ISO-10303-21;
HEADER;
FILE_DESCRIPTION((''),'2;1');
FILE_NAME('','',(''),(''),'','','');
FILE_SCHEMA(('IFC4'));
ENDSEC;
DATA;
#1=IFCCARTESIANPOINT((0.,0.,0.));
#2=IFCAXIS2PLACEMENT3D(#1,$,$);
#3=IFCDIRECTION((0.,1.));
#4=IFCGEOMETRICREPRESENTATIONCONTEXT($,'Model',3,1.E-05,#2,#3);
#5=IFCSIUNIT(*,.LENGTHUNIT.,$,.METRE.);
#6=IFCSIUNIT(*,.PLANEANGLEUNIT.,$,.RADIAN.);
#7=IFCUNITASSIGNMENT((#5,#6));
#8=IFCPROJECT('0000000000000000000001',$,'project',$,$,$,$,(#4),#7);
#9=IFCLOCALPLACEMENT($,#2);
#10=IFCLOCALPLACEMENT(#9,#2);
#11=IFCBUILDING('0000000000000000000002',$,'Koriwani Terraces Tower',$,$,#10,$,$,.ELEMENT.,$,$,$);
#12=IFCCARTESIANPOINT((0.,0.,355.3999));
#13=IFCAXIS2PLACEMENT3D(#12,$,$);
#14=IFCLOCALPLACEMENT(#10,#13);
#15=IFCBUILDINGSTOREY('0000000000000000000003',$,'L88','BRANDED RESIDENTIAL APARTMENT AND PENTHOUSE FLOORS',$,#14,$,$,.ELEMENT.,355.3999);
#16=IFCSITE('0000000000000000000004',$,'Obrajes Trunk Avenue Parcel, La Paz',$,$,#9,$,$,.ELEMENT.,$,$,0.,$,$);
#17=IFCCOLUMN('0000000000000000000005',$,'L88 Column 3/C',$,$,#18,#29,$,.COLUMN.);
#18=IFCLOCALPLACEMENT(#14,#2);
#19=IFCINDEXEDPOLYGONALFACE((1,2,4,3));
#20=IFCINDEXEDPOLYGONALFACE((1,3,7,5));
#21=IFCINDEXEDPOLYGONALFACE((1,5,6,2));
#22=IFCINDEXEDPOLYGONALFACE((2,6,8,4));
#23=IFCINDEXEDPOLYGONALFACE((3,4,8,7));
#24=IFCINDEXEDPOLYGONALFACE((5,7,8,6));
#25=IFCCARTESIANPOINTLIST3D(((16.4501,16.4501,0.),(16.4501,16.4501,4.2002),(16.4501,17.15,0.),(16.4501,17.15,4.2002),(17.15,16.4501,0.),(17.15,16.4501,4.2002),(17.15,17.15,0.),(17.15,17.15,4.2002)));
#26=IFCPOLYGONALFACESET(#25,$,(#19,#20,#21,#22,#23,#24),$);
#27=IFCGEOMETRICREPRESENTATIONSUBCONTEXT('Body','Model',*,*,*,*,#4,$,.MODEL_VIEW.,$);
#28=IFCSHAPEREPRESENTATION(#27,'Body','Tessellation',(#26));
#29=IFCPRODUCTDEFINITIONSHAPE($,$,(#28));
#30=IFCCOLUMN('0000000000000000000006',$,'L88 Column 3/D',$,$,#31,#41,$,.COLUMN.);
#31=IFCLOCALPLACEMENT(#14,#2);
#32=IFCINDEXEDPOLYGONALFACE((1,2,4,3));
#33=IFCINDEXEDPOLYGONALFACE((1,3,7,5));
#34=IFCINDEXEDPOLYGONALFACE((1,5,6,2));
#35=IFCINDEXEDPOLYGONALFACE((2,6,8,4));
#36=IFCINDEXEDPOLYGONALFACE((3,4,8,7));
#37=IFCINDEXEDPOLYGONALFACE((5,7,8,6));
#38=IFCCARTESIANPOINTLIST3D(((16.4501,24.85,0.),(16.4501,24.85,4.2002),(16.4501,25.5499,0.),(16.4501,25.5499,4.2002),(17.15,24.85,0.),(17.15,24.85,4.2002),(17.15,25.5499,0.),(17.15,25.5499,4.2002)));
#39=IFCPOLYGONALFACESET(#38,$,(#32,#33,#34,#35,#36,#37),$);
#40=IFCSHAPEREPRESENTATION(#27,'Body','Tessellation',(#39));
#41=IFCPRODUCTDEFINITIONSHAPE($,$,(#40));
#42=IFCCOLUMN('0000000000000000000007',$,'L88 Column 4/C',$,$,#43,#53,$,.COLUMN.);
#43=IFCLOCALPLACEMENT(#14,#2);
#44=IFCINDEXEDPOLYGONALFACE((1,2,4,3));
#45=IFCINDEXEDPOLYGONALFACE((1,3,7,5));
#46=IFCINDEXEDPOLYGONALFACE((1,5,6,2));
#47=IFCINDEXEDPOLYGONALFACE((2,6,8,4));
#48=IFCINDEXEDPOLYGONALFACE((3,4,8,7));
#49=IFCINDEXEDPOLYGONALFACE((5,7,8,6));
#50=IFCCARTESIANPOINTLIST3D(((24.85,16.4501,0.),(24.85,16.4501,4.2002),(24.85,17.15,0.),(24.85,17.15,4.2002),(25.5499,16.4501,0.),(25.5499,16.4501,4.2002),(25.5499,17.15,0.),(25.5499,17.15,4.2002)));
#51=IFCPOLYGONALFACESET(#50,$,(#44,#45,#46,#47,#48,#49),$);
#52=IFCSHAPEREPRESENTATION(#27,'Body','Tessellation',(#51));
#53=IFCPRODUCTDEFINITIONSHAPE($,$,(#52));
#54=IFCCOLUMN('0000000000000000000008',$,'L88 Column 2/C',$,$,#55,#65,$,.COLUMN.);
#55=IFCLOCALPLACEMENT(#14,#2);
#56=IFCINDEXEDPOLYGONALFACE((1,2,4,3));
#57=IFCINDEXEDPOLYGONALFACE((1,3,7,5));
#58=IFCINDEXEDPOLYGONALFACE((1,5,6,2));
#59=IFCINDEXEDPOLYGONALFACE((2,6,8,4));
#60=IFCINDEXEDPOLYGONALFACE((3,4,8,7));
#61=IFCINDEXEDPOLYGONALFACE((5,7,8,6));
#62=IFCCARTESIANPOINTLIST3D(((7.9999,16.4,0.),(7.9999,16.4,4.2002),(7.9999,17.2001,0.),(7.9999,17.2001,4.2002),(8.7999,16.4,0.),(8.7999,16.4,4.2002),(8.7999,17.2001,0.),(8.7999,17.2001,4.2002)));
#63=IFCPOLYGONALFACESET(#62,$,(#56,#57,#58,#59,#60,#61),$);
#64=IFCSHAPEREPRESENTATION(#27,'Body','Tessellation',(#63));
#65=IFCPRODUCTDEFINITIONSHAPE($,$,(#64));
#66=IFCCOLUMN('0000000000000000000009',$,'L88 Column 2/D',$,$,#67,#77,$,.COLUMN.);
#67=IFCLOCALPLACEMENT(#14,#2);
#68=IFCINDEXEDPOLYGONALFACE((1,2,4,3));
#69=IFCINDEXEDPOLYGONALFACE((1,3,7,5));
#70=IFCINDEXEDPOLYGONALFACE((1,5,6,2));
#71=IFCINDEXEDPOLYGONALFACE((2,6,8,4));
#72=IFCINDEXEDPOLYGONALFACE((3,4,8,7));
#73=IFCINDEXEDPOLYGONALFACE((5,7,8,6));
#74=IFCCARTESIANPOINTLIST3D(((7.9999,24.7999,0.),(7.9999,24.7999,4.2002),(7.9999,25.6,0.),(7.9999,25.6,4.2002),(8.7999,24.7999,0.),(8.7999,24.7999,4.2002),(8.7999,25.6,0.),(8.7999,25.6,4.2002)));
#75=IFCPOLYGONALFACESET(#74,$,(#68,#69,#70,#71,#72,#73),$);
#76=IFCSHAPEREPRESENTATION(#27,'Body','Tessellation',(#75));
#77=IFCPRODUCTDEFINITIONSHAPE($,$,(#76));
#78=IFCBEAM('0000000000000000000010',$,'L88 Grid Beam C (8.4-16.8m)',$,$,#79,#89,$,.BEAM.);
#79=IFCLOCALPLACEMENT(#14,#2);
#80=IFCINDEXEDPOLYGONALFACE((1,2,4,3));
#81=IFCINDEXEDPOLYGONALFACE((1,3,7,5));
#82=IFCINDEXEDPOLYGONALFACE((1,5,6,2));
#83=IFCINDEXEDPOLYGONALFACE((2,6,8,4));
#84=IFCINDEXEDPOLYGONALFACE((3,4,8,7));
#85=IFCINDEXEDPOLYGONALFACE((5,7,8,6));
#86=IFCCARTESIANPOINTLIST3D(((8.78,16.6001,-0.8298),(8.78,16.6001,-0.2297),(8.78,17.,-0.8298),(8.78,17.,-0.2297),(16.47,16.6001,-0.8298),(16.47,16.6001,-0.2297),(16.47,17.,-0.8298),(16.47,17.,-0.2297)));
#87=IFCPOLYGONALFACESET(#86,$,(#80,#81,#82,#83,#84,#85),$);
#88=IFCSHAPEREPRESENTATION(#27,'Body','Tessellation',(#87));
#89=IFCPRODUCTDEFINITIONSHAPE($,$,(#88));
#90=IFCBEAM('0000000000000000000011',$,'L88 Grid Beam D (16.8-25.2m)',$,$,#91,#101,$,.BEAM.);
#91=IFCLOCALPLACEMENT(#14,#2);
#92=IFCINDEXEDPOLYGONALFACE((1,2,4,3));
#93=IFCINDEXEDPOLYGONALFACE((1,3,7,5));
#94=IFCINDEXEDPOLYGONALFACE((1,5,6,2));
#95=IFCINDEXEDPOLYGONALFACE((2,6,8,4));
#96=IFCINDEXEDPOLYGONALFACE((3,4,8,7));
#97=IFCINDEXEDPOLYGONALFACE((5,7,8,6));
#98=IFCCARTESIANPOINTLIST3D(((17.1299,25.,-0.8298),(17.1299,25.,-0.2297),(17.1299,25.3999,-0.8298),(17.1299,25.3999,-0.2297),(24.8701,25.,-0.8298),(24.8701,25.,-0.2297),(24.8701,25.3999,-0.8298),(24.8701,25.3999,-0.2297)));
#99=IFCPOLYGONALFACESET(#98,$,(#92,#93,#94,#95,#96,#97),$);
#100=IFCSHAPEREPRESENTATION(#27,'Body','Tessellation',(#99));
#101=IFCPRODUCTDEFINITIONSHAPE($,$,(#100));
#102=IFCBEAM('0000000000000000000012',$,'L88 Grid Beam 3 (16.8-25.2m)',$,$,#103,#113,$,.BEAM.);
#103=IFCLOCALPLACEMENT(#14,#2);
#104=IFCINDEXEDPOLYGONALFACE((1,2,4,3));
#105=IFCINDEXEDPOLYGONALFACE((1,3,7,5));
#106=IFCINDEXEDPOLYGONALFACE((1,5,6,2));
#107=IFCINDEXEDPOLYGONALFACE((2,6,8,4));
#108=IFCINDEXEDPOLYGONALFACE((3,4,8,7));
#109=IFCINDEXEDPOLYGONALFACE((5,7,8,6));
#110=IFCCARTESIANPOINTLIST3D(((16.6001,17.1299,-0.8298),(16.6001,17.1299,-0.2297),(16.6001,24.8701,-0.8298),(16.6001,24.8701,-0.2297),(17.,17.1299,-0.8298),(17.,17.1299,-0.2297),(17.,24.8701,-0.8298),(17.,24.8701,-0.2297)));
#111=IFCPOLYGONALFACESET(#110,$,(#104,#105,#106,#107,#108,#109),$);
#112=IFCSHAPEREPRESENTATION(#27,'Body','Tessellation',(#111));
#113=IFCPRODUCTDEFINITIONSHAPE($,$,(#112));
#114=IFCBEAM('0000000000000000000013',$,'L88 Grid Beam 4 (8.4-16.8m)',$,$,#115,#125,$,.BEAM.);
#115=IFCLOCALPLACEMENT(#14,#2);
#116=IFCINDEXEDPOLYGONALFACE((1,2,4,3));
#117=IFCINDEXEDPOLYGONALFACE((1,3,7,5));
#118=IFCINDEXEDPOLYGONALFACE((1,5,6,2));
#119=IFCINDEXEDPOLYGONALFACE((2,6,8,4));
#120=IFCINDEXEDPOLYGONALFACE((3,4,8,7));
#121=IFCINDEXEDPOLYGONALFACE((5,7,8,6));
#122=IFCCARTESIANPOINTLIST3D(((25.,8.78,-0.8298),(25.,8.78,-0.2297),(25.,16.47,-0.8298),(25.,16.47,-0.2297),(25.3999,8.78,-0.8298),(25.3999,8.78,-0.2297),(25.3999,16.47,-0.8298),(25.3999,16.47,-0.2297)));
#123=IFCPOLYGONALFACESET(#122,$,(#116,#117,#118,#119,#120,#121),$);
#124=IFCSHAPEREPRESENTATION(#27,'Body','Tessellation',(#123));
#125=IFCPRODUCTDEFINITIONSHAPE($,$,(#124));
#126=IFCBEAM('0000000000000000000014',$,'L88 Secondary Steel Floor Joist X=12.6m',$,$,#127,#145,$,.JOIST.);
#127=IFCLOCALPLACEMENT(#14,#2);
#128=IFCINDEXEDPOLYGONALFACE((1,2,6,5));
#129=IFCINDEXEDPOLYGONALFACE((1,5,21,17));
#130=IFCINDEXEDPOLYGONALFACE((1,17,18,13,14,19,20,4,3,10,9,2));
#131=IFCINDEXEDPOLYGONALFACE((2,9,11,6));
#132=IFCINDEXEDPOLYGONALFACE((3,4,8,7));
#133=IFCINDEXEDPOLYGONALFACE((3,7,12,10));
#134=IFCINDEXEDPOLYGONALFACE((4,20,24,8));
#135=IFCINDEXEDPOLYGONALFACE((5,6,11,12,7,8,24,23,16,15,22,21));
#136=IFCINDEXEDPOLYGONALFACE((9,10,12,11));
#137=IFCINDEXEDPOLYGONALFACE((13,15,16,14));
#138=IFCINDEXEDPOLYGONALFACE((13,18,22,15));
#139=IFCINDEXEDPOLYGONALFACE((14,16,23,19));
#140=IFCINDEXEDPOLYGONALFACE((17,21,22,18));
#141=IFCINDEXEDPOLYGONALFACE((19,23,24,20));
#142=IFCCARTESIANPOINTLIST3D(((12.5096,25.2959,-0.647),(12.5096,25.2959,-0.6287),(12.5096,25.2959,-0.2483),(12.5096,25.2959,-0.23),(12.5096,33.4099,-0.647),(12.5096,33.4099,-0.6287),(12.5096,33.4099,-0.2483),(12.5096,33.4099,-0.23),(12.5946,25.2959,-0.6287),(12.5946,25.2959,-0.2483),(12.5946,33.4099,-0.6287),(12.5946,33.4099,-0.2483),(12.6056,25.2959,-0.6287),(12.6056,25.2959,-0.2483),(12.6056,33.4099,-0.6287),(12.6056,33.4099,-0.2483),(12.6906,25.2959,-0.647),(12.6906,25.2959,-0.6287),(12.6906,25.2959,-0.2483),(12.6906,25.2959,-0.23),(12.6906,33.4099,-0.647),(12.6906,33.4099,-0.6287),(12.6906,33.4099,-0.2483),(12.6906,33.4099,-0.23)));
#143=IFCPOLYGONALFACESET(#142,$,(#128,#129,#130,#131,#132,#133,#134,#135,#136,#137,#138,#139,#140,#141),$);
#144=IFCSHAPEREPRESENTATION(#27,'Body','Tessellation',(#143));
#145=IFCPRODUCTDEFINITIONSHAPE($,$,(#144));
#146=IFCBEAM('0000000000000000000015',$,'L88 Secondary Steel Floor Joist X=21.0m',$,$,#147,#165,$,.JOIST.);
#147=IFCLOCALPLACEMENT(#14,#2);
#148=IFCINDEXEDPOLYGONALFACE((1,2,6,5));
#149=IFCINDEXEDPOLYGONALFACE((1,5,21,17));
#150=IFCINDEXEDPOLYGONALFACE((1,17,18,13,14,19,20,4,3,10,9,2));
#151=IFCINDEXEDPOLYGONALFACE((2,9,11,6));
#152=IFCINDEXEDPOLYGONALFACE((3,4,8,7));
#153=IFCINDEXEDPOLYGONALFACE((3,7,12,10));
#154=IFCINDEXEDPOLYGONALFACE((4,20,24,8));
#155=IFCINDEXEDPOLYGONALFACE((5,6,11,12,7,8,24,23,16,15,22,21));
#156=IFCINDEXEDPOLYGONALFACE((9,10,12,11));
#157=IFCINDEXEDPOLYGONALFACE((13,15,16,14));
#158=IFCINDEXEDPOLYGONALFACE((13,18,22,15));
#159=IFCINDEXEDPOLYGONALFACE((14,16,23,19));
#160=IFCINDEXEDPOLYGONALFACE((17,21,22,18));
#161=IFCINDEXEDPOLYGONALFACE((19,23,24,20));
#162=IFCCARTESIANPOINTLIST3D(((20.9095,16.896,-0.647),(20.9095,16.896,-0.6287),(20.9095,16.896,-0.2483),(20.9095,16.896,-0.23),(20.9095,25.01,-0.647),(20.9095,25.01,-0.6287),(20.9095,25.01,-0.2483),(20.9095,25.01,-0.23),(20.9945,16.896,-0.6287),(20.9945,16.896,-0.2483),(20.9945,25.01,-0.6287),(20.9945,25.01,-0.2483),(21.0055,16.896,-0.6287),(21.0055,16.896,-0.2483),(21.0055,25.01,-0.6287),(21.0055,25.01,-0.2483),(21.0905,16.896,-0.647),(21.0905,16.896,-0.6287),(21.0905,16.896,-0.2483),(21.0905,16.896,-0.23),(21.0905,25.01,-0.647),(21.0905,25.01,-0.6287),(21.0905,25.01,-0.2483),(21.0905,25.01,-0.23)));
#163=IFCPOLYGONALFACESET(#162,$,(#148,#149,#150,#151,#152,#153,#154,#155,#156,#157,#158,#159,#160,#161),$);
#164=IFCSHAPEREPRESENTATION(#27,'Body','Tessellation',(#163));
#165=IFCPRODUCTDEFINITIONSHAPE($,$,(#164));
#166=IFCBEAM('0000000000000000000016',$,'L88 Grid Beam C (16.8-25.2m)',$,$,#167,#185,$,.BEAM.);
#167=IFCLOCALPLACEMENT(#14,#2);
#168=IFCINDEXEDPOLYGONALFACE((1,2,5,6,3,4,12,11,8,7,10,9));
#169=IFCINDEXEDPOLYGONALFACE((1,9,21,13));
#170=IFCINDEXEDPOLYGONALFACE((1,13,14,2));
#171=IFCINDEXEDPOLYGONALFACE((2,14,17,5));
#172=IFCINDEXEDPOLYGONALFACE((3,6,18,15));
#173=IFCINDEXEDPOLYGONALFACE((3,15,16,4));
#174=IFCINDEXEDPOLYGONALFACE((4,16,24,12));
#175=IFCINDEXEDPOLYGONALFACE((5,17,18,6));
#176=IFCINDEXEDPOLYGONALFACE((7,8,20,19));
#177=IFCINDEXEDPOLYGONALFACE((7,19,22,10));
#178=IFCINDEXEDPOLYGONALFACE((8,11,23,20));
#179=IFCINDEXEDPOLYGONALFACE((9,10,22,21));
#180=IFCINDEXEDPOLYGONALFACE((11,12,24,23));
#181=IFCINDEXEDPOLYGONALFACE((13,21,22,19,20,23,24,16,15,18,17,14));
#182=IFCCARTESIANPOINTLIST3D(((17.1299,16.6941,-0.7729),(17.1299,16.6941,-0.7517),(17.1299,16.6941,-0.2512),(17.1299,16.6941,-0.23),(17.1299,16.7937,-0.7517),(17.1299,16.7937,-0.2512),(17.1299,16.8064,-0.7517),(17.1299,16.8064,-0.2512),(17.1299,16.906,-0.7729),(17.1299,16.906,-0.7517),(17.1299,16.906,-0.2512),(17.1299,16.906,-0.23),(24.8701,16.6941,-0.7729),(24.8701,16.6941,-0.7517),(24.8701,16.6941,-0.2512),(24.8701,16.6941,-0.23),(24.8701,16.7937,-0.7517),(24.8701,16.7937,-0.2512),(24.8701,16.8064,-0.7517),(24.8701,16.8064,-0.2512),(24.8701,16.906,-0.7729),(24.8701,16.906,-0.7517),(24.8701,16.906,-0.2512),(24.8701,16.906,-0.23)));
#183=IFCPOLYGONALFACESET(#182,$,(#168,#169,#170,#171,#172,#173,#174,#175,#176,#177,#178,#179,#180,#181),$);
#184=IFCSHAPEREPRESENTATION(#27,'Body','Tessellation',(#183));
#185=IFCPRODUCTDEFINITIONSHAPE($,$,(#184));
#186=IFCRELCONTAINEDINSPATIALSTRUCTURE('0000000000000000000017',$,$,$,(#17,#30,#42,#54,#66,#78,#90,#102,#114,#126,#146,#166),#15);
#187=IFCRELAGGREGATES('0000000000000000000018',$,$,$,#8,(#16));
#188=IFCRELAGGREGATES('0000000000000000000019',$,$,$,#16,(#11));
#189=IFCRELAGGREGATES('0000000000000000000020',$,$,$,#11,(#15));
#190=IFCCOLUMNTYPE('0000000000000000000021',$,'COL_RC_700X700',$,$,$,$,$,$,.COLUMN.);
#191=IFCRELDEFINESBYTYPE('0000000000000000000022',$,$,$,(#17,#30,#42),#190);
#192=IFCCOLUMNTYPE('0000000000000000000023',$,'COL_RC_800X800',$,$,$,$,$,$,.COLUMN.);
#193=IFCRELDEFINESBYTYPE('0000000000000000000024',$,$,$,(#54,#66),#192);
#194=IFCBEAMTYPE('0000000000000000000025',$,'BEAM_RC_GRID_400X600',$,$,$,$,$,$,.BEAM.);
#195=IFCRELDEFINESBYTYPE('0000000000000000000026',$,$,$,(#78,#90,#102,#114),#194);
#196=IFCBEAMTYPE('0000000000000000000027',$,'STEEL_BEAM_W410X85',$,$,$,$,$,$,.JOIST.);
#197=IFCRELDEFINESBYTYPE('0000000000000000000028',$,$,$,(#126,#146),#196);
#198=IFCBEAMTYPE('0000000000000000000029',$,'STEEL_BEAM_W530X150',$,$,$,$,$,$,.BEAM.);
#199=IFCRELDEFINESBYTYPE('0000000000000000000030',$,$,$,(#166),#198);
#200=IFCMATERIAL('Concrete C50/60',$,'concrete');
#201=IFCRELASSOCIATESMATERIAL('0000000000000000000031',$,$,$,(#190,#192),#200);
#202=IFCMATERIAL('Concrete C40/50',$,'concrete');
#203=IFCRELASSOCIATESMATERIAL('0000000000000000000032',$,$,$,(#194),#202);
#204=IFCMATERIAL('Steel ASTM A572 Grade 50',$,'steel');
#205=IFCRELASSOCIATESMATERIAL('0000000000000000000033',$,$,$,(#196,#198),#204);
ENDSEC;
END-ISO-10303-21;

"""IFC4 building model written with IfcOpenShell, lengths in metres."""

from ifc_helpers import new_model, si_unit, direction, frame, origin, origin_2d, place, context, subcontext, project, spatial, rectangle, i_section, extrude, material, material_profile, profile_set, type_object, element, save


model = new_model("IFC4")

# Units and contexts
model_context = context("Model", 3, precision=1e-05, world=origin(), true_north=direction((0.0, 1.0)))
body_context = subcontext(model_context, "Body", "Model", "MODEL_VIEW")
ifc_project = project(units=[si_unit("LENGTHUNIT", "METRE"), si_unit("PLANEANGLEUNIT", "RADIAN")], contexts=[model_context])

# Site, building, storey
site_placement = place(None, origin())
site = spatial("IfcSite", under=ifc_project, at=site_placement, Name="Obrajes Trunk Avenue Parcel, La Paz", CompositionType="ELEMENT", RefElevation=0.0)
building_placement = place(site_placement, origin())
building = spatial("IfcBuilding", under=site, at=building_placement, Name="Koriwani Terraces Tower", CompositionType="ELEMENT")
storey_placement = place(building_placement, frame((0.0, 0.0, 355.3999)))
storey = spatial("IfcBuildingStorey", under=building, at=storey_placement, Name="L88", Description="BRANDED RESIDENTIAL APARTMENT AND PENTHOUSE FLOORS", CompositionType="ELEMENT", Elevation=355.3999)

# Columns
ifc_material_1 = material(Name="Concrete C50/60", Category="concrete")
ifc_material_profile_1 = material_profile(ifc_material_1, rectangle(XDim=0.7, YDim=0.7, at=origin_2d()), Name="Concrete C50/60", Category="LoadBearing")
ifc_profile_set_1 = profile_set([ifc_material_profile_1], Name="Concrete C50/60")
column_type_1 = type_object("IfcColumnType", Name="COL_RC_700X700", PredefinedType="COLUMN", material=ifc_profile_set_1)
for number, where, z_axis, x_axis, name in (
    (1, (16.8, 16.8, 0.0), (0.0, 0.0, 1.0), (1.0, 0.0, 0.0), "L88 Column 3/C"),
    (2, (16.8, 25.2, 0.0), (0.0, 0.0, 1.0), (1.0, 0.0, 0.0), "L88 Column 3/D"),
    (3, (25.2, 16.8, 0.0), (0.0, 0.0, 1.0), (1.0, 0.0, 0.0), "L88 Column 4/C"),
):
    element("IfcColumn", number, at=place(storey_placement, frame(where, z_axis=z_axis, x_axis=x_axis)), inside=storey, type_object=column_type_1, Name=name, PredefinedType="COLUMN", context=body_context, shape_type="SweptSolid", body=[
        extrude(rectangle(XDim=0.7, YDim=0.7, at=origin_2d()), origin(), (0.0, 0.0, 1.0), 4.2002),
    ])
ifc_material_profile_2 = material_profile(ifc_material_1, rectangle(XDim=0.8, YDim=0.8, at=origin_2d()), Name="Concrete C50/60", Category="LoadBearing")
ifc_profile_set_2 = profile_set([ifc_material_profile_2], Name="Concrete C50/60")
column_type_2 = type_object("IfcColumnType", Name="COL_RC_800X800", PredefinedType="COLUMN", material=ifc_profile_set_2)
for number, where, z_axis, x_axis, name in (
    (4, (8.3999, 16.8, 0.0), (0.0, 0.0, 1.0), (1.0, 0.0, 0.0), "L88 Column 2/C"),
    (5, (8.3999, 25.2, 0.0), (0.0, 0.0, 1.0), (1.0, 0.0, 0.0), "L88 Column 2/D"),
):
    element("IfcColumn", number, at=place(storey_placement, frame(where, z_axis=z_axis, x_axis=x_axis)), inside=storey, type_object=column_type_2, Name=name, PredefinedType="COLUMN", context=body_context, shape_type="SweptSolid", body=[
        extrude(rectangle(XDim=0.8, YDim=0.8, at=origin_2d()), origin(), (0.0, 0.0, 1.0), 4.2002),
    ])

# Beams
ifc_material_2 = material(Name="Concrete C40/50", Category="concrete")
ifc_material_profile_3 = material_profile(ifc_material_2, rectangle(XDim=0.3999, YDim=0.6001, at=origin_2d()), Name="Concrete C40/50", Category="LoadBearing")
ifc_profile_set_3 = profile_set([ifc_material_profile_3], Name="Concrete C40/50")
beam_type_1 = type_object("IfcBeamType", Name="BEAM_RC_GRID_400X600", PredefinedType="BEAM", material=ifc_profile_set_3)
beam_1_placement = place(storey_placement, frame((8.78, 16.8, -0.5298), z_axis=(1.0, 0.0, 0.0), x_axis=(0.0, 1.0, 0.0)))
element("IfcBeam", 6, at=beam_1_placement, inside=storey, type_object=beam_type_1, Name="L88 Grid Beam C (8.4-16.8m)", PredefinedType="BEAM", context=body_context, shape_type="SweptSolid", body=[
    extrude(rectangle(XDim=0.3999, YDim=0.6001, at=origin_2d()), origin(), (0.0, 0.0, 1.0), 7.6899),
])
for number, where, z_axis, x_axis, name in (
    (7, (17.1299, 25.2, -0.5298), (1.0, 0.0, 0.0), (0.0, 1.0, 0.0), "L88 Grid Beam D (16.8-25.2m)"),
    (8, (16.8, 17.1299, -0.5298), (0.0, 1.0, 0.0), (-1.0, 0.0, 0.0), "L88 Grid Beam 3 (16.8-25.2m)"),
):
    element("IfcBeam", number, at=place(storey_placement, frame(where, z_axis=z_axis, x_axis=x_axis)), inside=storey, type_object=beam_type_1, Name=name, PredefinedType="BEAM", context=body_context, shape_type="SweptSolid", body=[
        extrude(rectangle(XDim=0.3999, YDim=0.6001, at=origin_2d()), origin(), (0.0, 0.0, 1.0), 7.7402),
    ])
beam_2_placement = place(storey_placement, frame((25.2, 8.78, -0.5298), z_axis=(0.0, 1.0, 0.0), x_axis=(-1.0, 0.0, 0.0)))
element("IfcBeam", 9, at=beam_2_placement, inside=storey, type_object=beam_type_1, Name="L88 Grid Beam 4 (8.4-16.8m)", PredefinedType="BEAM", context=body_context, shape_type="SweptSolid", body=[
    extrude(rectangle(XDim=0.3999, YDim=0.6001, at=origin_2d()), origin(), (0.0, 0.0, 1.0), 7.6899),
])
ifc_material_3 = material(Name="Steel ASTM A572 Grade 50", Category="steel")
ifc_material_profile_4 = material_profile(ifc_material_3, i_section(OverallWidth=0.1809, OverallDepth=0.417, WebThickness=0.011, FlangeThickness=0.0183, at=origin_2d()), Name="Steel ASTM A572 Grade 50", Category="LoadBearing")
ifc_profile_set_4 = profile_set([ifc_material_profile_4], Name="Steel ASTM A572 Grade 50")
beam_type_2 = type_object("IfcBeamType", Name="STEEL_BEAM_W410X85", PredefinedType="JOIST", material=ifc_profile_set_4)
for number, where, z_axis, x_axis, name in (
    (10, (12.6001, 25.2959, -0.4385), (0.0, 1.0, 0.0), (-1.0, 0.0, 0.0), "L88 Secondary Steel Floor Joist X=12.6m"),
    (11, (21.0, 16.896, -0.4385), (0.0, 1.0, 0.0), (-1.0, 0.0, 0.0), "L88 Secondary Steel Floor Joist X=21.0m"),
):
    element("IfcBeam", number, at=place(storey_placement, frame(where, z_axis=z_axis, x_axis=x_axis)), inside=storey, type_object=beam_type_2, Name=name, PredefinedType="JOIST", context=body_context, shape_type="SweptSolid", body=[
        extrude(i_section(OverallWidth=0.1809, OverallDepth=0.417, WebThickness=0.011, FlangeThickness=0.0183, at=origin_2d()), origin(), (0.0, 0.0, 1.0), 8.114),
    ])
ifc_material_profile_5 = material_profile(ifc_material_3, i_section(OverallWidth=0.2119, OverallDepth=0.543, WebThickness=0.0127, FlangeThickness=0.0212, at=origin_2d()), Name="Steel ASTM A572 Grade 50", Category="LoadBearing")
ifc_profile_set_5 = profile_set([ifc_material_profile_5], Name="Steel ASTM A572 Grade 50")
beam_type_3 = type_object("IfcBeamType", Name="STEEL_BEAM_W530X150", PredefinedType="BEAM", material=ifc_profile_set_5)
beam_3_placement = place(storey_placement, frame((17.1299, 16.8, -0.5015), z_axis=(1.0, 0.0, 0.0), x_axis=(0.0, 1.0, 0.0)))
element("IfcBeam", 12, at=beam_3_placement, inside=storey, type_object=beam_type_3, Name="L88 Grid Beam C (16.8-25.2m)", PredefinedType="BEAM", context=body_context, shape_type="SweptSolid", body=[
    extrude(i_section(OverallWidth=0.2119, OverallDepth=0.543, WebThickness=0.0127, FlangeThickness=0.0212, at=origin_2d()), origin(), (0.0, 0.0, 1.0), 7.7402),
])

save(model, "model.ifc")
